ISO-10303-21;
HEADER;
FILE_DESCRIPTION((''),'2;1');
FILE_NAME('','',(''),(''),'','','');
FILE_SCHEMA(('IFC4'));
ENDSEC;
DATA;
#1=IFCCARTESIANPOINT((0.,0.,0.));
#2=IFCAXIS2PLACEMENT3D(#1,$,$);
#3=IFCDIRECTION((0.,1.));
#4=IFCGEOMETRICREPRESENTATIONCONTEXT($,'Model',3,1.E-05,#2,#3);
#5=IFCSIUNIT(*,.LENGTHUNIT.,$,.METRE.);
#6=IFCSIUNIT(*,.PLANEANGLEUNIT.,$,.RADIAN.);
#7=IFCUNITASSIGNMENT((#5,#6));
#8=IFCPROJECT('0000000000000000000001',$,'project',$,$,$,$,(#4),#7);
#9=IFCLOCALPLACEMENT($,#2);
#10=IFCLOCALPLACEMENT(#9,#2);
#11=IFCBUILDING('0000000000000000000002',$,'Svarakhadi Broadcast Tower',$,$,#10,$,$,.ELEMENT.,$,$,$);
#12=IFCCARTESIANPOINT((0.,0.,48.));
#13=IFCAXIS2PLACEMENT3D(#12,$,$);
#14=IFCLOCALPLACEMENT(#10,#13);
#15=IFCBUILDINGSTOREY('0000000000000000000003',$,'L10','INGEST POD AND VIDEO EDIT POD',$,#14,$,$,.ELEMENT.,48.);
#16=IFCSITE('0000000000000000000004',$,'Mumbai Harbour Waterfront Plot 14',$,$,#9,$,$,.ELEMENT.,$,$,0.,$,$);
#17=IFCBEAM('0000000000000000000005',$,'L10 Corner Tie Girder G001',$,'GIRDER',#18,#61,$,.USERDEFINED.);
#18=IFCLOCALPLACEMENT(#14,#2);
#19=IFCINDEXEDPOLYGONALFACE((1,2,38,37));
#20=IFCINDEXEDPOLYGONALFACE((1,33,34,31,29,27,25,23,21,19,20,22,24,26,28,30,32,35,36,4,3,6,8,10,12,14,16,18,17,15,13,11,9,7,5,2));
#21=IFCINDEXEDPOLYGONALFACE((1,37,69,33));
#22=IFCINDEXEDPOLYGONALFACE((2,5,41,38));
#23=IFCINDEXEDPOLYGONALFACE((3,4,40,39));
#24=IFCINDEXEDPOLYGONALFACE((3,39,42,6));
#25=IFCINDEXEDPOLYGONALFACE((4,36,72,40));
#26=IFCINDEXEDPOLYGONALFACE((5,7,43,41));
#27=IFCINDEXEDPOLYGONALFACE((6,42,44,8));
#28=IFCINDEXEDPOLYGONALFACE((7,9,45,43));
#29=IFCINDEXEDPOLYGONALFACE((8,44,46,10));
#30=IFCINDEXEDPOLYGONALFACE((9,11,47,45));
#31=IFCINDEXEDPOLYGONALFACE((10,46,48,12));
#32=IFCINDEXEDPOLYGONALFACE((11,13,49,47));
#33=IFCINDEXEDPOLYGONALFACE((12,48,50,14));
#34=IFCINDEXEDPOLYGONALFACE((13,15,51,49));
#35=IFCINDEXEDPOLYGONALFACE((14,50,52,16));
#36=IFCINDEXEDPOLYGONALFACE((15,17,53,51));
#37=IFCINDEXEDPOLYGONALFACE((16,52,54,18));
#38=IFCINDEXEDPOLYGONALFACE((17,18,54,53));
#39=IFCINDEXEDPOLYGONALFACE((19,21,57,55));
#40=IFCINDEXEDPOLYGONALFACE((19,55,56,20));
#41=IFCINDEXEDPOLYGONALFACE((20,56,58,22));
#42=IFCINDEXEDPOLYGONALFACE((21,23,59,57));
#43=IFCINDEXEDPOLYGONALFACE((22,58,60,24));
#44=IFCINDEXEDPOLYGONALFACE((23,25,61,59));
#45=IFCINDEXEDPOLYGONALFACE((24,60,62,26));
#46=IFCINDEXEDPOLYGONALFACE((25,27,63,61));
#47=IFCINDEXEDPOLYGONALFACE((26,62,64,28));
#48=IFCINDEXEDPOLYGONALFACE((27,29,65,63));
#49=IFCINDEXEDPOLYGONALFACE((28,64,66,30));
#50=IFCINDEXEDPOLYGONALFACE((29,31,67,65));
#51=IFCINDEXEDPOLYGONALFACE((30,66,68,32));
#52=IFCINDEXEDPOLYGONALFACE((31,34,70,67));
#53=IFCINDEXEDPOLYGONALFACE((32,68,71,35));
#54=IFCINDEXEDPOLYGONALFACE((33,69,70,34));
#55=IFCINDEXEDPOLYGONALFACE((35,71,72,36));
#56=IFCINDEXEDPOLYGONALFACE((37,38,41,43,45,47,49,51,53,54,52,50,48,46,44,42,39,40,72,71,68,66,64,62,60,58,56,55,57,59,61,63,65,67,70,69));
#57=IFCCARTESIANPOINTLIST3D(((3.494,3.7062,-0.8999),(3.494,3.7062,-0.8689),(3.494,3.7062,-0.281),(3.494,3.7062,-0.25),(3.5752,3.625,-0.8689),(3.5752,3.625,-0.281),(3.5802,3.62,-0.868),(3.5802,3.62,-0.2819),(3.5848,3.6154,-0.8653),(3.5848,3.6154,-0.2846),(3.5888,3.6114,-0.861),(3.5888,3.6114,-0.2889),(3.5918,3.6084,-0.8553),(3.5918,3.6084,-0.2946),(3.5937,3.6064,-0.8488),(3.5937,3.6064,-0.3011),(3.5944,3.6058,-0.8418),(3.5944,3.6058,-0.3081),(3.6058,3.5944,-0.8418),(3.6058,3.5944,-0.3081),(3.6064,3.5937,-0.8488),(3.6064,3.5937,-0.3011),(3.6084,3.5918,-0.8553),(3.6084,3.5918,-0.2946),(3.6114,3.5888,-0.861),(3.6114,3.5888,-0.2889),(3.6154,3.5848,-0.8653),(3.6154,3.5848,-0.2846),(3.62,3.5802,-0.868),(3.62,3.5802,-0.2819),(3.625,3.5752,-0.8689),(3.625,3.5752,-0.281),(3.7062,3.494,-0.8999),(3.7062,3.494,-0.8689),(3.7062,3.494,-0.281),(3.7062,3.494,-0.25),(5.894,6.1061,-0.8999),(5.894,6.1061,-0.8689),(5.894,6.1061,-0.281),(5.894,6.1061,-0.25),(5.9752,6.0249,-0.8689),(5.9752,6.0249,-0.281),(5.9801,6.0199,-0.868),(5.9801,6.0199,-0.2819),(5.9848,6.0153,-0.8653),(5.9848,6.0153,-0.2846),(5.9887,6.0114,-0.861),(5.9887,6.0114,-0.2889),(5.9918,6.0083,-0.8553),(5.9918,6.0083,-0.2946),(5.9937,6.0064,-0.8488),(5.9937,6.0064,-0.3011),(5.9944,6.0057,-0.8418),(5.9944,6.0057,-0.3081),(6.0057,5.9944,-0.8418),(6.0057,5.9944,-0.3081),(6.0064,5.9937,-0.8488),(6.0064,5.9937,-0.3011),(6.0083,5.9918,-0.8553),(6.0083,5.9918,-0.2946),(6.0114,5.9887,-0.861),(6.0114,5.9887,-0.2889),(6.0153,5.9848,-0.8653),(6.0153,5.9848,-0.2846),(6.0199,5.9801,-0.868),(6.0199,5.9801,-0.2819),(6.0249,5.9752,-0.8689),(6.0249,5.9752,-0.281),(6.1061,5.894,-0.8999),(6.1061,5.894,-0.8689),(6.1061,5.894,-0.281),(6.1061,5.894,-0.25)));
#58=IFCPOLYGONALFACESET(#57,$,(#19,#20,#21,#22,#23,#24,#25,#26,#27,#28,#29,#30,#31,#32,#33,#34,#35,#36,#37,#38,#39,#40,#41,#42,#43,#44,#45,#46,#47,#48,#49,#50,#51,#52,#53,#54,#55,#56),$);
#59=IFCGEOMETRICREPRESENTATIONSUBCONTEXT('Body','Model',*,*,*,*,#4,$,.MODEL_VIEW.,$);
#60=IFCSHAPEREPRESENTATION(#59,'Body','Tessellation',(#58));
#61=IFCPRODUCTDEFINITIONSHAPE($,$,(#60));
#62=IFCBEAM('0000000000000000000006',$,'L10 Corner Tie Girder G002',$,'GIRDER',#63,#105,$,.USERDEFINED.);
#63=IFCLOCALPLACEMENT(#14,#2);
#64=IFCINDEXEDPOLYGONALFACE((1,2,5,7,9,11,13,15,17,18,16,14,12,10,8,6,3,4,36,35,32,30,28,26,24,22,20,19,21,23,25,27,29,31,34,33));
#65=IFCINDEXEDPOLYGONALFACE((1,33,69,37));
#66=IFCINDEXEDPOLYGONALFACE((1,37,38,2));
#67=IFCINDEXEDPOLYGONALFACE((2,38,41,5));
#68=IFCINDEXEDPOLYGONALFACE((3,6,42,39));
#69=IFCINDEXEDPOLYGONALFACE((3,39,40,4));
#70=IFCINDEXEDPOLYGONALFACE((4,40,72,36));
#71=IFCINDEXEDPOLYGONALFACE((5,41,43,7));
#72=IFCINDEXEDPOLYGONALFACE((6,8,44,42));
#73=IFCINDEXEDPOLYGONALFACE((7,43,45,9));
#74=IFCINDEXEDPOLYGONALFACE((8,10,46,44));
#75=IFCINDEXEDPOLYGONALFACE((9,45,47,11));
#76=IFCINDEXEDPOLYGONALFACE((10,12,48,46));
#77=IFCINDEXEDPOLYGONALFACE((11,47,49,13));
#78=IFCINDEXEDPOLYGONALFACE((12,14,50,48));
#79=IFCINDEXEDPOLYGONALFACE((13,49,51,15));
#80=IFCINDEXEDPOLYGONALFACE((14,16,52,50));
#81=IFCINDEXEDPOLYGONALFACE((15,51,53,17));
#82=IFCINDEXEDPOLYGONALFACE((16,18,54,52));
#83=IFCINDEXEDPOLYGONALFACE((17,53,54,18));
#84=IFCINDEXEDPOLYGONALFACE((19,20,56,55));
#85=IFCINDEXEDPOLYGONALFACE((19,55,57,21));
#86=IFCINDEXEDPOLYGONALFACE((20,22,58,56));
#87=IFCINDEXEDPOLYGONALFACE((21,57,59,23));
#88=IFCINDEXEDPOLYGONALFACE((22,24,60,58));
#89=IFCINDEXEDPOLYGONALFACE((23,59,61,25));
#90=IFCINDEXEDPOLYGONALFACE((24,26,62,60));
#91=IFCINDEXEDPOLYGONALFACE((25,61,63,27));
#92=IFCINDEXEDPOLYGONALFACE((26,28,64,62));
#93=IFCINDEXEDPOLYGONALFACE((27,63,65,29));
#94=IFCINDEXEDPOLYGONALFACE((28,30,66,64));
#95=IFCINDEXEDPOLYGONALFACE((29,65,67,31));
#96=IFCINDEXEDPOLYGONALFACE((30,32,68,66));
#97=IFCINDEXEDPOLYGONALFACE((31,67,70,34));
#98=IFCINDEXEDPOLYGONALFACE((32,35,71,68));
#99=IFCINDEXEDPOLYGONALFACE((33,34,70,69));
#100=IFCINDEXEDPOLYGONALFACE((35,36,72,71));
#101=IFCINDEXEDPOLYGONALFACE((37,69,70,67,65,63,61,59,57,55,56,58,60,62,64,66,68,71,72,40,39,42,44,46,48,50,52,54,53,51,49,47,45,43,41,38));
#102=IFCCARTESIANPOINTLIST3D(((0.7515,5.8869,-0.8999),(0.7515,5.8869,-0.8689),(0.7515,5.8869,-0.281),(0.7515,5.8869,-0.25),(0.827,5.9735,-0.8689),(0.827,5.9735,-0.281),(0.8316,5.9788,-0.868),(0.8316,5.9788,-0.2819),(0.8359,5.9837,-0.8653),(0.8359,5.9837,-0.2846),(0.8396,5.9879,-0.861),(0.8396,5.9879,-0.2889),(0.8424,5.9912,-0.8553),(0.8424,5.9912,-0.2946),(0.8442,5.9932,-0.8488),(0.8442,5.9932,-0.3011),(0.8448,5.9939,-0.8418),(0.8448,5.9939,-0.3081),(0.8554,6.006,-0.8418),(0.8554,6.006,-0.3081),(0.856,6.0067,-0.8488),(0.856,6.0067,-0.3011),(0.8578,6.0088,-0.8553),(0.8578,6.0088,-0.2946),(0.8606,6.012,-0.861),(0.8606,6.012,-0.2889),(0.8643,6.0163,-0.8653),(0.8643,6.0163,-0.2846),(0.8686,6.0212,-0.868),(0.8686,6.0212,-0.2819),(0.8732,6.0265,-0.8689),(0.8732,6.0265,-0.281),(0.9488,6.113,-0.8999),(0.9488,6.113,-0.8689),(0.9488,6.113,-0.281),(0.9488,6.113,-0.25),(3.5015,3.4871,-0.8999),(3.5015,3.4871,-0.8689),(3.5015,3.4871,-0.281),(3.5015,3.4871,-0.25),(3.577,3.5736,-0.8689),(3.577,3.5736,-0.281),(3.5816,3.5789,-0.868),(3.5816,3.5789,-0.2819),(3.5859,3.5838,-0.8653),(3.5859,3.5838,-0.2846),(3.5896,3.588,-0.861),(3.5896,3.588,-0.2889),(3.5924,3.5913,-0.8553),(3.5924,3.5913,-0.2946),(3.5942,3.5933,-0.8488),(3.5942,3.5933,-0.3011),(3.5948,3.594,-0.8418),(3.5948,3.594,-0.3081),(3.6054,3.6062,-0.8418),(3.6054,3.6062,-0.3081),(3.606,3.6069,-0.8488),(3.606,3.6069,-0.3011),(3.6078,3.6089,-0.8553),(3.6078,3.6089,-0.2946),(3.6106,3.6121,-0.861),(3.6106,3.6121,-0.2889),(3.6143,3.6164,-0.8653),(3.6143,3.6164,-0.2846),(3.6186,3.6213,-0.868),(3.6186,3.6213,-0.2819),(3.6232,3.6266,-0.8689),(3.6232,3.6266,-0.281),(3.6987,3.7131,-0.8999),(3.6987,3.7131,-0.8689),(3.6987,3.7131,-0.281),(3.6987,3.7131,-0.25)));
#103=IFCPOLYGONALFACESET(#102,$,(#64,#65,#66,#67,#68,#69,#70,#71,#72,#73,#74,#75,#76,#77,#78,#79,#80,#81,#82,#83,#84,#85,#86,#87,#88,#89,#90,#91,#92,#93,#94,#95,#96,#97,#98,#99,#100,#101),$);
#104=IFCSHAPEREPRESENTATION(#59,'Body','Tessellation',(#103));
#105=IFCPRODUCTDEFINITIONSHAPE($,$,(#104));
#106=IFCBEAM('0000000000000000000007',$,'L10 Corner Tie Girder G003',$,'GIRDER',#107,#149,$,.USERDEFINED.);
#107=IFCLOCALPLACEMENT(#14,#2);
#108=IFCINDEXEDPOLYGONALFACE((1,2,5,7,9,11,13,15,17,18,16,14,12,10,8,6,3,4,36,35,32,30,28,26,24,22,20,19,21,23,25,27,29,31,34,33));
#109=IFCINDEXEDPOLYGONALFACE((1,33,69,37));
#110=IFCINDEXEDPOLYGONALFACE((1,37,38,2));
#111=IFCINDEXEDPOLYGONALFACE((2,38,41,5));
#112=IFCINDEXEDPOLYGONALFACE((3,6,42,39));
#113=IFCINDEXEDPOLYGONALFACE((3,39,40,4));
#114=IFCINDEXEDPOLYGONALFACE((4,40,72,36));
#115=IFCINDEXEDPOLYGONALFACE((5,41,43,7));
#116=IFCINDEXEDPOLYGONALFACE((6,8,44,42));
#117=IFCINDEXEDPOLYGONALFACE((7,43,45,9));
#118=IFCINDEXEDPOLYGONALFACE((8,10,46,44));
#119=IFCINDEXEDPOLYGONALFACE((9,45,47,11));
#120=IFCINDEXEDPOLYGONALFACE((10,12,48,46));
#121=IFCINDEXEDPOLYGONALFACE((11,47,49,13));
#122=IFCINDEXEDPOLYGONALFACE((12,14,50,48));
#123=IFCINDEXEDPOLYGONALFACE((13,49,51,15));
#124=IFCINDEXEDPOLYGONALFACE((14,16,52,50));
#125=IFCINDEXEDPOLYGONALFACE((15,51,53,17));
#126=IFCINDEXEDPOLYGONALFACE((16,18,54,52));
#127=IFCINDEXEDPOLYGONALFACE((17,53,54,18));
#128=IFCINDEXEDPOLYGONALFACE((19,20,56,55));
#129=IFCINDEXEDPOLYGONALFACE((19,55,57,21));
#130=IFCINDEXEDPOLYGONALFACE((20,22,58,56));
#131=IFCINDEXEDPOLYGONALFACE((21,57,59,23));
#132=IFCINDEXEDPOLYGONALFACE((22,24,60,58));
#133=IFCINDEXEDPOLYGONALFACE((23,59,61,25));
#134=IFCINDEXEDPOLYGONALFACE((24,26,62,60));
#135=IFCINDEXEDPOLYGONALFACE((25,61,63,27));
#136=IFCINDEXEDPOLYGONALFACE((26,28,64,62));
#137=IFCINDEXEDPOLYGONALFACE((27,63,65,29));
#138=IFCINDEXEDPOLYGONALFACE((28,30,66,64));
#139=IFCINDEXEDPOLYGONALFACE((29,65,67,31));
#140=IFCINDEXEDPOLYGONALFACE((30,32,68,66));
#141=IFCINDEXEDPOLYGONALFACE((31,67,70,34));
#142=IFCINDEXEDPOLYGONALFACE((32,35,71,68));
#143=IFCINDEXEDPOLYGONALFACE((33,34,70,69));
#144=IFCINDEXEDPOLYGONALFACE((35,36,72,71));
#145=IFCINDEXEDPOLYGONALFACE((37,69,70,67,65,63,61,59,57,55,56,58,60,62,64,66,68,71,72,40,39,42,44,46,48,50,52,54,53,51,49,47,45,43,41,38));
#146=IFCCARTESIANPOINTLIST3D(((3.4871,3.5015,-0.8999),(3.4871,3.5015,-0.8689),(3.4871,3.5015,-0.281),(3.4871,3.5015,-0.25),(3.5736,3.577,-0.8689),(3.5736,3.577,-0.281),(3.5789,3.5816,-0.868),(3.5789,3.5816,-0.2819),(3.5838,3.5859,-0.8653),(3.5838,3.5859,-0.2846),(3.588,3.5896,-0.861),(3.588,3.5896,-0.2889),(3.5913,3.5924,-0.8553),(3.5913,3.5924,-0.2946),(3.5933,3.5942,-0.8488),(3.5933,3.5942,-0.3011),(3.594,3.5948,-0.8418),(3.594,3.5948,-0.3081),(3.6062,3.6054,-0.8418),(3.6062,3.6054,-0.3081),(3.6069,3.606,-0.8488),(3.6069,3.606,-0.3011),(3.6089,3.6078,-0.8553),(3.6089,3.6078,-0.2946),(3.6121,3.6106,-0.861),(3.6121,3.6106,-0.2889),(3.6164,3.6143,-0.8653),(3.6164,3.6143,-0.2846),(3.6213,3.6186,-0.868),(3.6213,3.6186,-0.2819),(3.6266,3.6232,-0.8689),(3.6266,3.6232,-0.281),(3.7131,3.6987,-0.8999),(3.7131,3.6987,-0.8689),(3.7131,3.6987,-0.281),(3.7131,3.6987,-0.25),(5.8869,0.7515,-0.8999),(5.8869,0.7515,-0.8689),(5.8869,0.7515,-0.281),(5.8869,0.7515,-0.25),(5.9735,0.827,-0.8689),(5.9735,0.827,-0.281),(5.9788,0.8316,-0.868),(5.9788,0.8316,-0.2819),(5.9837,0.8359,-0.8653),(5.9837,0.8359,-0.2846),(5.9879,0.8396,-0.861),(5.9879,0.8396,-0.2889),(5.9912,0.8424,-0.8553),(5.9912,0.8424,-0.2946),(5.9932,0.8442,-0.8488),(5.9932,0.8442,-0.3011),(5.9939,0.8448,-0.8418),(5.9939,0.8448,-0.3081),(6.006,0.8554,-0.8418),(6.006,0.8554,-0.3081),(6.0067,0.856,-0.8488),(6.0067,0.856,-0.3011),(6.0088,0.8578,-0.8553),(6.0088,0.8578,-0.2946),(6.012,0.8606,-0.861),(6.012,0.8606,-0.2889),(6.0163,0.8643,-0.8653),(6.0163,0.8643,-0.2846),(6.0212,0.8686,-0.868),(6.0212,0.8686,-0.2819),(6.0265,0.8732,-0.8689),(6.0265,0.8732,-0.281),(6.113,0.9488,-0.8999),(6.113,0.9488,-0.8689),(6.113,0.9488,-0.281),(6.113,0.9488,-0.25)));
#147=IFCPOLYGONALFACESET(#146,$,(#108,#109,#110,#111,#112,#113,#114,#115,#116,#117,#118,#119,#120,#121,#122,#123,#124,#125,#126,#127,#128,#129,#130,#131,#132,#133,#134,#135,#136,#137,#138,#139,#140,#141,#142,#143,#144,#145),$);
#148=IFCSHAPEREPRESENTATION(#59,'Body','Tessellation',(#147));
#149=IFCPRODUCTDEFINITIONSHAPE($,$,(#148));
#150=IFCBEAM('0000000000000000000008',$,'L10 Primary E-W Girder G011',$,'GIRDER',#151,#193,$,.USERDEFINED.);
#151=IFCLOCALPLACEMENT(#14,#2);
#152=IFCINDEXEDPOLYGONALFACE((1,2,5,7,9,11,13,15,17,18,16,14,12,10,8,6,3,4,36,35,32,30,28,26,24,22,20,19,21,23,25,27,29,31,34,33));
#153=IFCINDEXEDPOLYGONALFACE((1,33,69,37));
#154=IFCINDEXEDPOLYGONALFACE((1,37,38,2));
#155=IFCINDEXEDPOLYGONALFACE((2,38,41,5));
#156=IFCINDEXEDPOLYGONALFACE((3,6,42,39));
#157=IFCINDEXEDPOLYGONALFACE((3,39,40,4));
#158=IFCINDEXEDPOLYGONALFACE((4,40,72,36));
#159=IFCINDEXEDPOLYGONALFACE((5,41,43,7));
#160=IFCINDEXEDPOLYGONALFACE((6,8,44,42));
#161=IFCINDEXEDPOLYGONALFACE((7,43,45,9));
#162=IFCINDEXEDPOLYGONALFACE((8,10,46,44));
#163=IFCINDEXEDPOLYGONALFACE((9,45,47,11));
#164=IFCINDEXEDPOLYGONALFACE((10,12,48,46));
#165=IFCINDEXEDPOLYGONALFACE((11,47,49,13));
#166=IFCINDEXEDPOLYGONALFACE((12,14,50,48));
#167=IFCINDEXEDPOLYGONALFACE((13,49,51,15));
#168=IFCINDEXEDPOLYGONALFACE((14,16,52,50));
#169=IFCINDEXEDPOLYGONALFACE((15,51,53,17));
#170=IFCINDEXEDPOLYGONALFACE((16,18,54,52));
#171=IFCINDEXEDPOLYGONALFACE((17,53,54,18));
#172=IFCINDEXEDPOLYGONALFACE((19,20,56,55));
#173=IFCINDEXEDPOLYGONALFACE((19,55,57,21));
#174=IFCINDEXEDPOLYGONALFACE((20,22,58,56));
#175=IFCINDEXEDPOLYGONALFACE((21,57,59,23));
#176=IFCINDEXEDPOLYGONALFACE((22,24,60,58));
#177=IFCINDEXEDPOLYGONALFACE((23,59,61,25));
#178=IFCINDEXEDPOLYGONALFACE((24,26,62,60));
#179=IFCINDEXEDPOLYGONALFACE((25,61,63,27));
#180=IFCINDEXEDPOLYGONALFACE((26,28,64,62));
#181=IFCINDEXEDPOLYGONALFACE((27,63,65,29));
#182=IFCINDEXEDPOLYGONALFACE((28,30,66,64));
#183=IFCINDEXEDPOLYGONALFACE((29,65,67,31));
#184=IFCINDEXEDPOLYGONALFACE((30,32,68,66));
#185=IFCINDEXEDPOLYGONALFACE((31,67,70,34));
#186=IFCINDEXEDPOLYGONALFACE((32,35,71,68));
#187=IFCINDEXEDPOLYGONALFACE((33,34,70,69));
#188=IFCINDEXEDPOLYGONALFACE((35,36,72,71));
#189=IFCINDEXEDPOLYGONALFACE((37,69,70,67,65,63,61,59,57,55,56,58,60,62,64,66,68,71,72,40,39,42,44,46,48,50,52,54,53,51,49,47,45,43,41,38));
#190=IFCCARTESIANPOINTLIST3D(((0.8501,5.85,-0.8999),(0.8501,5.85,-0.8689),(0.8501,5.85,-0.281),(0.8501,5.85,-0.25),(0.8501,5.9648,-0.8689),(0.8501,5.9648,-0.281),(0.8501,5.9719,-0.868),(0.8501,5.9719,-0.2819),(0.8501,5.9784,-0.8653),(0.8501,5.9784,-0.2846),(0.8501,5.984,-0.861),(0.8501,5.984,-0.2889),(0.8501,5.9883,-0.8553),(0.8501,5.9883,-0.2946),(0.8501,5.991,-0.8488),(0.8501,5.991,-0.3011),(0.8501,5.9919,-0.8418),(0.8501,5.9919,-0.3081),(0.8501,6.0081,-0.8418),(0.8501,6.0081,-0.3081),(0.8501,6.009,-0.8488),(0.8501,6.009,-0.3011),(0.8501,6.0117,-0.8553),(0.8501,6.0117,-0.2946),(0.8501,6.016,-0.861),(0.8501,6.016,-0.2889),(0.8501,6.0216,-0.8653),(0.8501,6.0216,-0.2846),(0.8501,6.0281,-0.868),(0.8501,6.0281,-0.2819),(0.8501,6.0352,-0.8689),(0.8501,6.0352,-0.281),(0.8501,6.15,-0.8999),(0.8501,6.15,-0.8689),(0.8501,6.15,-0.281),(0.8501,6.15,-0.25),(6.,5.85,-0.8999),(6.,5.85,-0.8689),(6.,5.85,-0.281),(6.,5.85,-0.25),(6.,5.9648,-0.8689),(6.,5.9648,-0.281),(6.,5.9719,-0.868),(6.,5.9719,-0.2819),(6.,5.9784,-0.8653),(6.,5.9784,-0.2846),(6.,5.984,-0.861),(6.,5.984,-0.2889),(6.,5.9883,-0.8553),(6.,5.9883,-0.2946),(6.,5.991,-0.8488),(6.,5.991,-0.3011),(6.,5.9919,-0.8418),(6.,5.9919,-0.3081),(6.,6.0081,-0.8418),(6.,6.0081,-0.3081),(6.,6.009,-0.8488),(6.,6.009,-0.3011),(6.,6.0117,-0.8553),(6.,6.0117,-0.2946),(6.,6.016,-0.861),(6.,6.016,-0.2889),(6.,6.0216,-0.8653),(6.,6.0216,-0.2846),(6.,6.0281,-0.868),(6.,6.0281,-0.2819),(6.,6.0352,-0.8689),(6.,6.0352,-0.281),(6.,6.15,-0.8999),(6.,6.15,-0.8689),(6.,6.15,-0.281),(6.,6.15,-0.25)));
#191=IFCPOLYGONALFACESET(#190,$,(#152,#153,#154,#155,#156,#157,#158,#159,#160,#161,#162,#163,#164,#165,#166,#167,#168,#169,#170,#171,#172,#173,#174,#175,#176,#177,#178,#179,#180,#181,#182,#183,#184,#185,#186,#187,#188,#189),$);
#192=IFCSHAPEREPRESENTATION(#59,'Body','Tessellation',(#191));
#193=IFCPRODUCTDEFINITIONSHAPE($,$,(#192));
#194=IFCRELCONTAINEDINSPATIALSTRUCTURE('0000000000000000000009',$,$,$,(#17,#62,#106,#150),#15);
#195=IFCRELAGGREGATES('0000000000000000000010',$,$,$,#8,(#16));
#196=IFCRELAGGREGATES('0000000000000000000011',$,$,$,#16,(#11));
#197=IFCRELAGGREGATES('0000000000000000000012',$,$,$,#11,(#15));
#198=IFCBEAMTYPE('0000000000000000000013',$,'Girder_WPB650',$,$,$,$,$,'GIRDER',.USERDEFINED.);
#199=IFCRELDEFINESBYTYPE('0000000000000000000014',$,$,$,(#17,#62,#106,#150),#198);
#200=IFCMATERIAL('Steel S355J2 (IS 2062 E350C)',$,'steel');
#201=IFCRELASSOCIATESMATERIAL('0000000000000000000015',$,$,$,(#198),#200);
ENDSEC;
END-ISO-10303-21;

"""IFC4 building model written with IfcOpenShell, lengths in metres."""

from ifc_helpers import new_model, si_unit, direction, frame, origin, origin_2d, place, context, subcontext, project, spatial, i_section, extrude, material, material_profile, profile_set, type_object, element, save


model = new_model("IFC4")

# Units and contexts
model_context = context("Model", 3, precision=1e-05, world=origin(), true_north=direction((0.0, 1.0)))
body_context = subcontext(model_context, "Body", "Model", "MODEL_VIEW")
ifc_project = project(units=[si_unit("LENGTHUNIT", "METRE"), si_unit("PLANEANGLEUNIT", "RADIAN")], contexts=[model_context])

# Site, building, storey
site_placement = place(None, origin())
site = spatial("IfcSite", under=ifc_project, at=site_placement, Name="Mumbai Harbour Waterfront Plot 14", CompositionType="ELEMENT", RefElevation=0.0)
building_placement = place(site_placement, origin())
building = spatial("IfcBuilding", under=site, at=building_placement, Name="Svarakhadi Broadcast Tower", CompositionType="ELEMENT")
storey_placement = place(building_placement, frame((0.0, 0.0, 48.0)))
storey = spatial("IfcBuildingStorey", under=building, at=storey_placement, Name="L10", Description="INGEST POD AND VIDEO EDIT POD", CompositionType="ELEMENT", Elevation=48.0)

# Beams
ifc_material_1 = material(Name="Steel S355J2 (IS 2062 E350C)", Category="steel")
ifc_material_profile_1 = material_profile(ifc_material_1, i_section(OverallWidth=0.3, OverallDepth=0.6499, WebThickness=0.0161, FlangeThickness=0.031, FilletRadius=0.0271, at=origin_2d()), Name="WPB 650x300x225")
ifc_profile_set_1 = profile_set([ifc_material_profile_1], Name="Steel S355J2 (IS 2062 E350C)")
beam_type = type_object("IfcBeamType", Name="Girder_WPB650", ElementType="GIRDER", PredefinedType="USERDEFINED", material=ifc_profile_set_1)
beam_1_placement = place(storey_placement, frame((3.6001, 3.6001, -0.575), z_axis=(0.707107, 0.707107, 0.0), x_axis=(-0.707107, 0.707107, 0.0)))
element("IfcBeam", 1, at=beam_1_placement, inside=storey, type_object=beam_type, Name="L10 Corner Tie Girder G001", ObjectType="GIRDER", PredefinedType="USERDEFINED", context=body_context, shape_type="SweptSolid", body=[
    extrude(i_section(OverallWidth=0.3, OverallDepth=0.6499, WebThickness=0.0161, FlangeThickness=0.031, FilletRadius=0.0271, at=origin_2d()), origin(), (0.0, 0.0, 1.0), 3.394),
])
for number, where, z_axis, x_axis, name in (
    (2, (3.6001, 3.6001, -0.575), (-0.753438, 0.657519, 0.0), (-0.657519, -0.753438, 0.0), "L10 Corner Tie Girder G002"),
    (3, (3.6001, 3.6001, -0.575), (0.657519, -0.753438, 0.0), (0.753438, 0.657519, 0.0), "L10 Corner Tie Girder G003"),
):
    element("IfcBeam", number, at=place(storey_placement, frame(where, z_axis=z_axis, x_axis=x_axis)), inside=storey, type_object=beam_type, Name=name, ObjectType="GIRDER", PredefinedType="USERDEFINED", context=body_context, shape_type="SweptSolid", body=[
        extrude(i_section(OverallWidth=0.3, OverallDepth=0.6499, WebThickness=0.0161, FlangeThickness=0.031, FilletRadius=0.0271, at=origin_2d()), origin(), (0.0, 0.0, 1.0), 3.6499),
    ])
beam_2_placement = place(storey_placement, frame((0.8501, 6.0, -0.575), z_axis=(1.0, 0.0, 0.0), x_axis=(0.0, 1.0, 0.0)))
element("IfcBeam", 4, at=beam_2_placement, inside=storey, type_object=beam_type, Name="L10 Primary E-W Girder G011", ObjectType="GIRDER", PredefinedType="USERDEFINED", context=body_context, shape_type="SweptSolid", body=[
    extrude(i_section(OverallWidth=0.3, OverallDepth=0.6499, WebThickness=0.0161, FlangeThickness=0.031, FilletRadius=0.0271, at=origin_2d()), origin(), (0.0, 0.0, 1.0), 5.1499),
])

save(model, "model.ifc")
